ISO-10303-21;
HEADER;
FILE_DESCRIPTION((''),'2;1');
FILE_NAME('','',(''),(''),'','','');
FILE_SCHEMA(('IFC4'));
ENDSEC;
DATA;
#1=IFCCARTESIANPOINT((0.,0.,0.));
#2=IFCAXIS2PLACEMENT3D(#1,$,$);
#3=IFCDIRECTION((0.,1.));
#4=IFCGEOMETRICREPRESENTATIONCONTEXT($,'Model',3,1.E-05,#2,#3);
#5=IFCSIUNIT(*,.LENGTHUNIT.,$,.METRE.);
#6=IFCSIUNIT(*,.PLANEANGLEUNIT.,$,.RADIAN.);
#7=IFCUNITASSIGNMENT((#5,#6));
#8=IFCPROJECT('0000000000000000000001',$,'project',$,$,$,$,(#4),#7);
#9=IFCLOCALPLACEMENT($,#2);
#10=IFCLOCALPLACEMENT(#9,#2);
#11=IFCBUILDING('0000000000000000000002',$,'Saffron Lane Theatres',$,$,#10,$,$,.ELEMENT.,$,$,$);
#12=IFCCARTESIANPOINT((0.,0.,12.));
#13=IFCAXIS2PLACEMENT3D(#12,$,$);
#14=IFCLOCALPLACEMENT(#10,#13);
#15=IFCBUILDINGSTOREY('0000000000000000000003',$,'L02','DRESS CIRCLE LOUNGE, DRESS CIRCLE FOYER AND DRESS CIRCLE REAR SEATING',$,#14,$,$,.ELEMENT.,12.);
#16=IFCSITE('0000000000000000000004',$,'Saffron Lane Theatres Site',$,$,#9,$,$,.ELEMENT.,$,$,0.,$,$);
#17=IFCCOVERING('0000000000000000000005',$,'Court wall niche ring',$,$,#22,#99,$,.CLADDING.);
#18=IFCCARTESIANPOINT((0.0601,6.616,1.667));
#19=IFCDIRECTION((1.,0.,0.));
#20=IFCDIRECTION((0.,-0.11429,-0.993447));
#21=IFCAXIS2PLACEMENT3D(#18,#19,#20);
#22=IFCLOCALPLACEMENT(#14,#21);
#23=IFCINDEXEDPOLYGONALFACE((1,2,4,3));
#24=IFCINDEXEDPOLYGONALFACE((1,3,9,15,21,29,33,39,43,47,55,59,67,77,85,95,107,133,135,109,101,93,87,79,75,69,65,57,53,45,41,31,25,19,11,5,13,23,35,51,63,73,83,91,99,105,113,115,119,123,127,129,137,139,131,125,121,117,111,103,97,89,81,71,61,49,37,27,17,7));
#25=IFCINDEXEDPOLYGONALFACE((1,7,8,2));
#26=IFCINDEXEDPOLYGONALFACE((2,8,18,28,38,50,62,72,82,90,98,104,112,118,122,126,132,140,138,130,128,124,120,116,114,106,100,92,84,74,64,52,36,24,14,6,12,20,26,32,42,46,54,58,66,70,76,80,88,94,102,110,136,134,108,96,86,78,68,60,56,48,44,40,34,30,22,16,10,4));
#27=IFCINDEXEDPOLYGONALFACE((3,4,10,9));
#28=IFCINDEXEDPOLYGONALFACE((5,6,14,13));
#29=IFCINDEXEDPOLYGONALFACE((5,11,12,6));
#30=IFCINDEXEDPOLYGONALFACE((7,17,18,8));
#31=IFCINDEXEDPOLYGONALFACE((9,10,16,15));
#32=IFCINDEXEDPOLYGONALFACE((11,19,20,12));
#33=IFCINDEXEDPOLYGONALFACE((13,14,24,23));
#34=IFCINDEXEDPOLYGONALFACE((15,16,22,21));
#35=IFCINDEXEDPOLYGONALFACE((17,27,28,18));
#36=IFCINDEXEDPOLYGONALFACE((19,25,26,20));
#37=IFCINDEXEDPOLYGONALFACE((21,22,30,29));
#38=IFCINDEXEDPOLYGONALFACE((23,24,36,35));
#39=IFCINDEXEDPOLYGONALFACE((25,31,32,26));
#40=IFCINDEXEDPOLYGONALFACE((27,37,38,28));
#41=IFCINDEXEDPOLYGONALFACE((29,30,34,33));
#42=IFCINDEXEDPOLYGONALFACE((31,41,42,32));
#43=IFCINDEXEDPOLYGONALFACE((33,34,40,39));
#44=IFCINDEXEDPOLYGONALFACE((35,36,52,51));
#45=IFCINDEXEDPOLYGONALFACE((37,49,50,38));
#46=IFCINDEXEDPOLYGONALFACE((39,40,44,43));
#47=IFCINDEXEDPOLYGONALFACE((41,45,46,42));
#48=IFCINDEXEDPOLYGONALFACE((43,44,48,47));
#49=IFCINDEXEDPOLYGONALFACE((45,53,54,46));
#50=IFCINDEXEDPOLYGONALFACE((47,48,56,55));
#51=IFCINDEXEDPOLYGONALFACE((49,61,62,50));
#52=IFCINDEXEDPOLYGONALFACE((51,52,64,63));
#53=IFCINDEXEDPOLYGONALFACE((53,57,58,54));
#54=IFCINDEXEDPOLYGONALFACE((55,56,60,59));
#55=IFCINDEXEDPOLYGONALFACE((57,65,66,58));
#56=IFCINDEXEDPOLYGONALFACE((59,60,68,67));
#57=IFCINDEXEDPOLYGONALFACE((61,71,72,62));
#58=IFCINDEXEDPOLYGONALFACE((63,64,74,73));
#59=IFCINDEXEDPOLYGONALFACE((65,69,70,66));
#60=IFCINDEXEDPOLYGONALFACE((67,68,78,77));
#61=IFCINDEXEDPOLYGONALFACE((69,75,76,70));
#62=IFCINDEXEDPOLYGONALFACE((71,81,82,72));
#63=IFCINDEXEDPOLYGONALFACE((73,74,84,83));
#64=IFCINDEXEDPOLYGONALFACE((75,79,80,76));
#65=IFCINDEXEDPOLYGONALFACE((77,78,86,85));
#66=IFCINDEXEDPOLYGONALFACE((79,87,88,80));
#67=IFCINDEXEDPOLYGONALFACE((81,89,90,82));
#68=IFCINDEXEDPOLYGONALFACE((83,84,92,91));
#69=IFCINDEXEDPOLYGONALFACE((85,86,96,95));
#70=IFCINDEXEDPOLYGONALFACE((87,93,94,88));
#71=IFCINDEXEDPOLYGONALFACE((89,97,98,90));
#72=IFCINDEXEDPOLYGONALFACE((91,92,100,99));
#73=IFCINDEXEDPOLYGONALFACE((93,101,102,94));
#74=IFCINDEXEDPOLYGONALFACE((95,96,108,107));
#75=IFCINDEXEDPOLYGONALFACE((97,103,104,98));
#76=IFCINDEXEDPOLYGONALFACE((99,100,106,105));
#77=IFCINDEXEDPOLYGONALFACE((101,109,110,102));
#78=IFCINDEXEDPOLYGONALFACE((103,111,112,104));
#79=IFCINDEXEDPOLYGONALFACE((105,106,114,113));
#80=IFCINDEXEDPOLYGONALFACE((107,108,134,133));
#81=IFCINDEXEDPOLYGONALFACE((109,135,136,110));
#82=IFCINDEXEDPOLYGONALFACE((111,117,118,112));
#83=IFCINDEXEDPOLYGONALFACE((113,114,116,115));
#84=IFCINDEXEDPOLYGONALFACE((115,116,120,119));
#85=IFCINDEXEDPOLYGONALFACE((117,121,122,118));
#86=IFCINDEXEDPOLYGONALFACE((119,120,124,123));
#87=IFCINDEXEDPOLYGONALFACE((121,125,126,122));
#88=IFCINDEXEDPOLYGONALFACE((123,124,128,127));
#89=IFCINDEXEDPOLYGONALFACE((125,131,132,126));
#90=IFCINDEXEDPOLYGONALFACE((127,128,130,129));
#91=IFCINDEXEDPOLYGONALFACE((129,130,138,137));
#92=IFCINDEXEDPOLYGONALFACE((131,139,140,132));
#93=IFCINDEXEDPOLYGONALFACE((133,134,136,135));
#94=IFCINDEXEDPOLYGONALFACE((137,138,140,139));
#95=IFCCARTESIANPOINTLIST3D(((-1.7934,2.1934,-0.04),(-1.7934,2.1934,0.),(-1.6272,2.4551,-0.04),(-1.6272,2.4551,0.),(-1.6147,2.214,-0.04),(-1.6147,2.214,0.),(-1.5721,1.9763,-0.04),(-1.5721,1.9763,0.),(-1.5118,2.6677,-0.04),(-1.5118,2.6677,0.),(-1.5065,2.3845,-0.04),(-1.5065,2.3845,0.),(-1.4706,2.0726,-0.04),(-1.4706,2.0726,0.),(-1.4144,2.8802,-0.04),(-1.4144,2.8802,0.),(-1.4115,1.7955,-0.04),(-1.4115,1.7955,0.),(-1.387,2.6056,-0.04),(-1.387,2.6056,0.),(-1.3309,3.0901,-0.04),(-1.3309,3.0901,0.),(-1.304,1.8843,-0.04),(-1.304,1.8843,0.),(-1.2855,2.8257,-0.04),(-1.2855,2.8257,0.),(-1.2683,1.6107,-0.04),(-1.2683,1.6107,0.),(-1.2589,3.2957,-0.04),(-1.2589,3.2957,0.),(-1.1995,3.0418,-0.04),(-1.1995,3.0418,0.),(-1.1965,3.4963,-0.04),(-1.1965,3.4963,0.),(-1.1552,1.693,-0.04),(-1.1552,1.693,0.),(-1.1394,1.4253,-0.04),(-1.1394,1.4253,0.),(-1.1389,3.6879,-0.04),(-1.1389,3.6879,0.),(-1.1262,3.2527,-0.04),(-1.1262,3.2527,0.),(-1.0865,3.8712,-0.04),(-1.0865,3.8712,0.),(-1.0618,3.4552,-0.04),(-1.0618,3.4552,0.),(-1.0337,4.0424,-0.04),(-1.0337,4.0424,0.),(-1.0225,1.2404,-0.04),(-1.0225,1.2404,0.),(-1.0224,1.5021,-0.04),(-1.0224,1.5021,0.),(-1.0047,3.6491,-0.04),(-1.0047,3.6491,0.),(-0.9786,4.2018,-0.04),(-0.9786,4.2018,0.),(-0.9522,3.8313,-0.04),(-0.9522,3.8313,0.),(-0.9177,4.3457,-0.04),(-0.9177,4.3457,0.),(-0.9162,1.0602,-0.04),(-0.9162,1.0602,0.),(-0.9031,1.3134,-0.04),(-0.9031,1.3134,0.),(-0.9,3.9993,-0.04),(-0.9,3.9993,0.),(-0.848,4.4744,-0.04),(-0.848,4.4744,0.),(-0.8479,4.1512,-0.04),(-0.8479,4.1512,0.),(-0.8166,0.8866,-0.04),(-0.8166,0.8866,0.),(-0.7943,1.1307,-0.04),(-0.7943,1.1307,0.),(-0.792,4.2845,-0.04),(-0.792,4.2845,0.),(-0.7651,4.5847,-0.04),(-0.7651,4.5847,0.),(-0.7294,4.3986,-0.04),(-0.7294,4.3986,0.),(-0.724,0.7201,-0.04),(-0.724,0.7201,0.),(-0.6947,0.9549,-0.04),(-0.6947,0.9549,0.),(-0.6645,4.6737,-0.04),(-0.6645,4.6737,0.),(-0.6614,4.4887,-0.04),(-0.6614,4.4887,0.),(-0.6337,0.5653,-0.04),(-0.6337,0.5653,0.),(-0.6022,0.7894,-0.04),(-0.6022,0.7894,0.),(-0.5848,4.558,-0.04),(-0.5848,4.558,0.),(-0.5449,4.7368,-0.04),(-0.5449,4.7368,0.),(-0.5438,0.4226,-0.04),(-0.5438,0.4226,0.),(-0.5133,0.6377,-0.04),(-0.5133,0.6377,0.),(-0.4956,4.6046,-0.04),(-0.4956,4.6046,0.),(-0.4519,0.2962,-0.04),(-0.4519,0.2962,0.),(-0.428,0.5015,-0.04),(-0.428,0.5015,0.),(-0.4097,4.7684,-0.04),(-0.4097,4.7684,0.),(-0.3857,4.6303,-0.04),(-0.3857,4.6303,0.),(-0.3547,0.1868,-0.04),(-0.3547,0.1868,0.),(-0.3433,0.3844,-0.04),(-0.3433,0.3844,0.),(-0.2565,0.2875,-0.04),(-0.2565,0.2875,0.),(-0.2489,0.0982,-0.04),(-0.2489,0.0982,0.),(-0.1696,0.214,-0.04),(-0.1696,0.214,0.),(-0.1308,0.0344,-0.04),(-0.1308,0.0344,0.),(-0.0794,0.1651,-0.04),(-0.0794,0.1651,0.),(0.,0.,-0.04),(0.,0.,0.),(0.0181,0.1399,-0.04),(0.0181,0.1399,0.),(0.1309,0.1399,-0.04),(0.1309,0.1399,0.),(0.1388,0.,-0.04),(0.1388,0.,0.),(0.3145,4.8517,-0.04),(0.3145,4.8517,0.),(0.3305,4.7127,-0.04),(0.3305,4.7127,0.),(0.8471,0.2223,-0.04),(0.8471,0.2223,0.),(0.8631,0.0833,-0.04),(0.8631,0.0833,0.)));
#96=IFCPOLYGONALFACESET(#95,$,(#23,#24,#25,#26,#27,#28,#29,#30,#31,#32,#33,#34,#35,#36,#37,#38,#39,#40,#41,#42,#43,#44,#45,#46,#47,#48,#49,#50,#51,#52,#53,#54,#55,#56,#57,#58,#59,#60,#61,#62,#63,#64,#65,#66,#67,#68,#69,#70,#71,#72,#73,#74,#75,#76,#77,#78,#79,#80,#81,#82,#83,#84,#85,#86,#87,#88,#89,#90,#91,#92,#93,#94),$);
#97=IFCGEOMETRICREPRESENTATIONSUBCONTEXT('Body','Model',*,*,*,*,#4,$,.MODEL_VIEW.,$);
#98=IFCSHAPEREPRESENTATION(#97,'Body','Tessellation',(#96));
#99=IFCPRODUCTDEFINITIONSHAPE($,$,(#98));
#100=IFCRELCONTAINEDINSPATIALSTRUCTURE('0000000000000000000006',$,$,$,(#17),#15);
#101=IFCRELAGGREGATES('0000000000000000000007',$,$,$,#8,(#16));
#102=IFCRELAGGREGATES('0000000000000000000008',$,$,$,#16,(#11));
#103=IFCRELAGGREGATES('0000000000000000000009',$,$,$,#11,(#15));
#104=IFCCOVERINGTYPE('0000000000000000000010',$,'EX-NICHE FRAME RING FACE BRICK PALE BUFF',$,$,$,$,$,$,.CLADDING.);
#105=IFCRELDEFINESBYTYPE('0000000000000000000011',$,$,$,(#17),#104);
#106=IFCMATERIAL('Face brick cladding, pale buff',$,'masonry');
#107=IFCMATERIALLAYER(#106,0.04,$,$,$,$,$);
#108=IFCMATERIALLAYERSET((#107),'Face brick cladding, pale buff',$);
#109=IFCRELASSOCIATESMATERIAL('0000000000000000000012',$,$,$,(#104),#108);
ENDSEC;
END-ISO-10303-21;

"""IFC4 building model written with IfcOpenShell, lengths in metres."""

from ifc_helpers import new_model, si_unit, direction, frame, origin, place, context, subcontext, project, spatial, polyline, outline, extrude, material, layer, layer_set, type_object, element, save


model = new_model("IFC4")

# Units and contexts
model_context = context("Model", 3, precision=1e-05, world=origin(), true_north=direction((0.0, 1.0)))
body_context = subcontext(model_context, "Body", "Model", "MODEL_VIEW")
ifc_project = project(units=[si_unit("LENGTHUNIT", "METRE"), si_unit("PLANEANGLEUNIT", "RADIAN")], contexts=[model_context])

# Site, building, storey
site_placement = place(None, origin())
site = spatial("IfcSite", under=ifc_project, at=site_placement, Name="Saffron Lane Theatres Site", CompositionType="ELEMENT", RefElevation=0.0)
building_placement = place(site_placement, origin())
building = spatial("IfcBuilding", under=site, at=building_placement, Name="Saffron Lane Theatres", CompositionType="ELEMENT")
storey_placement = place(building_placement, frame((0.0, 0.0, 12.0)))
storey = spatial("IfcBuildingStorey", under=building, at=storey_placement, Name="L02", Description="DRESS CIRCLE LOUNGE, DRESS CIRCLE FOYER AND DRESS CIRCLE REAR SEATING", CompositionType="ELEMENT", Elevation=12.0)

# Covering
ifc_material_1 = material(Name="Face brick cladding, pale buff", Category="masonry")
ifc_layer_1 = layer(ifc_material_1, 0.04)
ifc_layer_set_1 = layer_set([ifc_layer_1], Name="Face brick cladding, pale buff")
covering_type_1 = type_object("IfcCoveringType", Name="EX-NICHE FRAME RING FACE BRICK PALE BUFF", PredefinedType="CLADDING", material=ifc_layer_set_1)
covering_1_placement = place(storey_placement, frame((0.0601, 6.616, 1.667), z_axis=(1.0, 0.0, 0.0), x_axis=(0.0, -0.11429, -0.993447)))
element("IfcCovering", 1, at=covering_1_placement, inside=storey, type_object=covering_type_1, Name="Court wall niche ring", PredefinedType="CLADDING", context=body_context, shape_type="SweptSolid", body=[
    extrude(outline(polyline([(0.0, 0.0), (0.1388, 0.0), (0.8631, 0.0833), (0.8471, 0.2223), (0.1309, 0.1399), (0.0181, 0.1399), (-0.0794, 0.1651), (-0.1696, 0.214), (-0.2565, 0.2875), (-0.3433, 0.3844), (-0.428, 0.5015), (-0.5133, 0.6377), (-0.6022, 0.7894), (-0.6947, 0.9549), (-0.7943, 1.1307), (-0.9031, 1.3134), (-1.0224, 1.5021), (-1.1552, 1.693), (-1.304, 1.8843), (-1.4706, 2.0726), (-1.6147, 2.214), (-1.5065, 2.3845), (-1.387, 2.6056), (-1.2855, 2.8257), (-1.1995, 3.0418), (-1.1262, 3.2527), (-1.0618, 3.4552), (-1.0047, 3.6491), (-0.9522, 3.8313), (-0.9, 3.9993), (-0.8479, 4.1512), (-0.792, 4.2845), (-0.7294, 4.3986), (-0.6614, 4.4887), (-0.5848, 4.558), (-0.4956, 4.6046), (-0.3857, 4.6303), (0.3305, 4.7127), (0.3145, 4.8517), (-0.4097, 4.7684), (-0.5449, 4.7368), (-0.6645, 4.6737), (-0.7651, 4.5847), (-0.848, 4.4744), (-0.9177, 4.3457), (-0.9786, 4.2018), (-1.0337, 4.0424), (-1.0865, 3.8712), (-1.1389, 3.6879), (-1.1965, 3.4963), (-1.2589, 3.2957), (-1.3309, 3.0901), (-1.4144, 2.8802), (-1.5118, 2.6677), (-1.6272, 2.4551), (-1.7934, 2.1934), (-1.5721, 1.9763), (-1.4115, 1.7955), (-1.2683, 1.6107), (-1.1394, 1.4253), (-1.0225, 1.2404), (-0.9162, 1.0602), (-0.8166, 0.8866), (-0.724, 0.7201), (-0.6337, 0.5653), (-0.5438, 0.4226), (-0.4519, 0.2962), (-0.3547, 0.1868), (-0.2489, 0.0982), (-0.1308, 0.0344), (0.0, 0.0)])), origin(), (0.0, 0.0, -1.0), 0.04),
])

save(model, "model.ifc")
